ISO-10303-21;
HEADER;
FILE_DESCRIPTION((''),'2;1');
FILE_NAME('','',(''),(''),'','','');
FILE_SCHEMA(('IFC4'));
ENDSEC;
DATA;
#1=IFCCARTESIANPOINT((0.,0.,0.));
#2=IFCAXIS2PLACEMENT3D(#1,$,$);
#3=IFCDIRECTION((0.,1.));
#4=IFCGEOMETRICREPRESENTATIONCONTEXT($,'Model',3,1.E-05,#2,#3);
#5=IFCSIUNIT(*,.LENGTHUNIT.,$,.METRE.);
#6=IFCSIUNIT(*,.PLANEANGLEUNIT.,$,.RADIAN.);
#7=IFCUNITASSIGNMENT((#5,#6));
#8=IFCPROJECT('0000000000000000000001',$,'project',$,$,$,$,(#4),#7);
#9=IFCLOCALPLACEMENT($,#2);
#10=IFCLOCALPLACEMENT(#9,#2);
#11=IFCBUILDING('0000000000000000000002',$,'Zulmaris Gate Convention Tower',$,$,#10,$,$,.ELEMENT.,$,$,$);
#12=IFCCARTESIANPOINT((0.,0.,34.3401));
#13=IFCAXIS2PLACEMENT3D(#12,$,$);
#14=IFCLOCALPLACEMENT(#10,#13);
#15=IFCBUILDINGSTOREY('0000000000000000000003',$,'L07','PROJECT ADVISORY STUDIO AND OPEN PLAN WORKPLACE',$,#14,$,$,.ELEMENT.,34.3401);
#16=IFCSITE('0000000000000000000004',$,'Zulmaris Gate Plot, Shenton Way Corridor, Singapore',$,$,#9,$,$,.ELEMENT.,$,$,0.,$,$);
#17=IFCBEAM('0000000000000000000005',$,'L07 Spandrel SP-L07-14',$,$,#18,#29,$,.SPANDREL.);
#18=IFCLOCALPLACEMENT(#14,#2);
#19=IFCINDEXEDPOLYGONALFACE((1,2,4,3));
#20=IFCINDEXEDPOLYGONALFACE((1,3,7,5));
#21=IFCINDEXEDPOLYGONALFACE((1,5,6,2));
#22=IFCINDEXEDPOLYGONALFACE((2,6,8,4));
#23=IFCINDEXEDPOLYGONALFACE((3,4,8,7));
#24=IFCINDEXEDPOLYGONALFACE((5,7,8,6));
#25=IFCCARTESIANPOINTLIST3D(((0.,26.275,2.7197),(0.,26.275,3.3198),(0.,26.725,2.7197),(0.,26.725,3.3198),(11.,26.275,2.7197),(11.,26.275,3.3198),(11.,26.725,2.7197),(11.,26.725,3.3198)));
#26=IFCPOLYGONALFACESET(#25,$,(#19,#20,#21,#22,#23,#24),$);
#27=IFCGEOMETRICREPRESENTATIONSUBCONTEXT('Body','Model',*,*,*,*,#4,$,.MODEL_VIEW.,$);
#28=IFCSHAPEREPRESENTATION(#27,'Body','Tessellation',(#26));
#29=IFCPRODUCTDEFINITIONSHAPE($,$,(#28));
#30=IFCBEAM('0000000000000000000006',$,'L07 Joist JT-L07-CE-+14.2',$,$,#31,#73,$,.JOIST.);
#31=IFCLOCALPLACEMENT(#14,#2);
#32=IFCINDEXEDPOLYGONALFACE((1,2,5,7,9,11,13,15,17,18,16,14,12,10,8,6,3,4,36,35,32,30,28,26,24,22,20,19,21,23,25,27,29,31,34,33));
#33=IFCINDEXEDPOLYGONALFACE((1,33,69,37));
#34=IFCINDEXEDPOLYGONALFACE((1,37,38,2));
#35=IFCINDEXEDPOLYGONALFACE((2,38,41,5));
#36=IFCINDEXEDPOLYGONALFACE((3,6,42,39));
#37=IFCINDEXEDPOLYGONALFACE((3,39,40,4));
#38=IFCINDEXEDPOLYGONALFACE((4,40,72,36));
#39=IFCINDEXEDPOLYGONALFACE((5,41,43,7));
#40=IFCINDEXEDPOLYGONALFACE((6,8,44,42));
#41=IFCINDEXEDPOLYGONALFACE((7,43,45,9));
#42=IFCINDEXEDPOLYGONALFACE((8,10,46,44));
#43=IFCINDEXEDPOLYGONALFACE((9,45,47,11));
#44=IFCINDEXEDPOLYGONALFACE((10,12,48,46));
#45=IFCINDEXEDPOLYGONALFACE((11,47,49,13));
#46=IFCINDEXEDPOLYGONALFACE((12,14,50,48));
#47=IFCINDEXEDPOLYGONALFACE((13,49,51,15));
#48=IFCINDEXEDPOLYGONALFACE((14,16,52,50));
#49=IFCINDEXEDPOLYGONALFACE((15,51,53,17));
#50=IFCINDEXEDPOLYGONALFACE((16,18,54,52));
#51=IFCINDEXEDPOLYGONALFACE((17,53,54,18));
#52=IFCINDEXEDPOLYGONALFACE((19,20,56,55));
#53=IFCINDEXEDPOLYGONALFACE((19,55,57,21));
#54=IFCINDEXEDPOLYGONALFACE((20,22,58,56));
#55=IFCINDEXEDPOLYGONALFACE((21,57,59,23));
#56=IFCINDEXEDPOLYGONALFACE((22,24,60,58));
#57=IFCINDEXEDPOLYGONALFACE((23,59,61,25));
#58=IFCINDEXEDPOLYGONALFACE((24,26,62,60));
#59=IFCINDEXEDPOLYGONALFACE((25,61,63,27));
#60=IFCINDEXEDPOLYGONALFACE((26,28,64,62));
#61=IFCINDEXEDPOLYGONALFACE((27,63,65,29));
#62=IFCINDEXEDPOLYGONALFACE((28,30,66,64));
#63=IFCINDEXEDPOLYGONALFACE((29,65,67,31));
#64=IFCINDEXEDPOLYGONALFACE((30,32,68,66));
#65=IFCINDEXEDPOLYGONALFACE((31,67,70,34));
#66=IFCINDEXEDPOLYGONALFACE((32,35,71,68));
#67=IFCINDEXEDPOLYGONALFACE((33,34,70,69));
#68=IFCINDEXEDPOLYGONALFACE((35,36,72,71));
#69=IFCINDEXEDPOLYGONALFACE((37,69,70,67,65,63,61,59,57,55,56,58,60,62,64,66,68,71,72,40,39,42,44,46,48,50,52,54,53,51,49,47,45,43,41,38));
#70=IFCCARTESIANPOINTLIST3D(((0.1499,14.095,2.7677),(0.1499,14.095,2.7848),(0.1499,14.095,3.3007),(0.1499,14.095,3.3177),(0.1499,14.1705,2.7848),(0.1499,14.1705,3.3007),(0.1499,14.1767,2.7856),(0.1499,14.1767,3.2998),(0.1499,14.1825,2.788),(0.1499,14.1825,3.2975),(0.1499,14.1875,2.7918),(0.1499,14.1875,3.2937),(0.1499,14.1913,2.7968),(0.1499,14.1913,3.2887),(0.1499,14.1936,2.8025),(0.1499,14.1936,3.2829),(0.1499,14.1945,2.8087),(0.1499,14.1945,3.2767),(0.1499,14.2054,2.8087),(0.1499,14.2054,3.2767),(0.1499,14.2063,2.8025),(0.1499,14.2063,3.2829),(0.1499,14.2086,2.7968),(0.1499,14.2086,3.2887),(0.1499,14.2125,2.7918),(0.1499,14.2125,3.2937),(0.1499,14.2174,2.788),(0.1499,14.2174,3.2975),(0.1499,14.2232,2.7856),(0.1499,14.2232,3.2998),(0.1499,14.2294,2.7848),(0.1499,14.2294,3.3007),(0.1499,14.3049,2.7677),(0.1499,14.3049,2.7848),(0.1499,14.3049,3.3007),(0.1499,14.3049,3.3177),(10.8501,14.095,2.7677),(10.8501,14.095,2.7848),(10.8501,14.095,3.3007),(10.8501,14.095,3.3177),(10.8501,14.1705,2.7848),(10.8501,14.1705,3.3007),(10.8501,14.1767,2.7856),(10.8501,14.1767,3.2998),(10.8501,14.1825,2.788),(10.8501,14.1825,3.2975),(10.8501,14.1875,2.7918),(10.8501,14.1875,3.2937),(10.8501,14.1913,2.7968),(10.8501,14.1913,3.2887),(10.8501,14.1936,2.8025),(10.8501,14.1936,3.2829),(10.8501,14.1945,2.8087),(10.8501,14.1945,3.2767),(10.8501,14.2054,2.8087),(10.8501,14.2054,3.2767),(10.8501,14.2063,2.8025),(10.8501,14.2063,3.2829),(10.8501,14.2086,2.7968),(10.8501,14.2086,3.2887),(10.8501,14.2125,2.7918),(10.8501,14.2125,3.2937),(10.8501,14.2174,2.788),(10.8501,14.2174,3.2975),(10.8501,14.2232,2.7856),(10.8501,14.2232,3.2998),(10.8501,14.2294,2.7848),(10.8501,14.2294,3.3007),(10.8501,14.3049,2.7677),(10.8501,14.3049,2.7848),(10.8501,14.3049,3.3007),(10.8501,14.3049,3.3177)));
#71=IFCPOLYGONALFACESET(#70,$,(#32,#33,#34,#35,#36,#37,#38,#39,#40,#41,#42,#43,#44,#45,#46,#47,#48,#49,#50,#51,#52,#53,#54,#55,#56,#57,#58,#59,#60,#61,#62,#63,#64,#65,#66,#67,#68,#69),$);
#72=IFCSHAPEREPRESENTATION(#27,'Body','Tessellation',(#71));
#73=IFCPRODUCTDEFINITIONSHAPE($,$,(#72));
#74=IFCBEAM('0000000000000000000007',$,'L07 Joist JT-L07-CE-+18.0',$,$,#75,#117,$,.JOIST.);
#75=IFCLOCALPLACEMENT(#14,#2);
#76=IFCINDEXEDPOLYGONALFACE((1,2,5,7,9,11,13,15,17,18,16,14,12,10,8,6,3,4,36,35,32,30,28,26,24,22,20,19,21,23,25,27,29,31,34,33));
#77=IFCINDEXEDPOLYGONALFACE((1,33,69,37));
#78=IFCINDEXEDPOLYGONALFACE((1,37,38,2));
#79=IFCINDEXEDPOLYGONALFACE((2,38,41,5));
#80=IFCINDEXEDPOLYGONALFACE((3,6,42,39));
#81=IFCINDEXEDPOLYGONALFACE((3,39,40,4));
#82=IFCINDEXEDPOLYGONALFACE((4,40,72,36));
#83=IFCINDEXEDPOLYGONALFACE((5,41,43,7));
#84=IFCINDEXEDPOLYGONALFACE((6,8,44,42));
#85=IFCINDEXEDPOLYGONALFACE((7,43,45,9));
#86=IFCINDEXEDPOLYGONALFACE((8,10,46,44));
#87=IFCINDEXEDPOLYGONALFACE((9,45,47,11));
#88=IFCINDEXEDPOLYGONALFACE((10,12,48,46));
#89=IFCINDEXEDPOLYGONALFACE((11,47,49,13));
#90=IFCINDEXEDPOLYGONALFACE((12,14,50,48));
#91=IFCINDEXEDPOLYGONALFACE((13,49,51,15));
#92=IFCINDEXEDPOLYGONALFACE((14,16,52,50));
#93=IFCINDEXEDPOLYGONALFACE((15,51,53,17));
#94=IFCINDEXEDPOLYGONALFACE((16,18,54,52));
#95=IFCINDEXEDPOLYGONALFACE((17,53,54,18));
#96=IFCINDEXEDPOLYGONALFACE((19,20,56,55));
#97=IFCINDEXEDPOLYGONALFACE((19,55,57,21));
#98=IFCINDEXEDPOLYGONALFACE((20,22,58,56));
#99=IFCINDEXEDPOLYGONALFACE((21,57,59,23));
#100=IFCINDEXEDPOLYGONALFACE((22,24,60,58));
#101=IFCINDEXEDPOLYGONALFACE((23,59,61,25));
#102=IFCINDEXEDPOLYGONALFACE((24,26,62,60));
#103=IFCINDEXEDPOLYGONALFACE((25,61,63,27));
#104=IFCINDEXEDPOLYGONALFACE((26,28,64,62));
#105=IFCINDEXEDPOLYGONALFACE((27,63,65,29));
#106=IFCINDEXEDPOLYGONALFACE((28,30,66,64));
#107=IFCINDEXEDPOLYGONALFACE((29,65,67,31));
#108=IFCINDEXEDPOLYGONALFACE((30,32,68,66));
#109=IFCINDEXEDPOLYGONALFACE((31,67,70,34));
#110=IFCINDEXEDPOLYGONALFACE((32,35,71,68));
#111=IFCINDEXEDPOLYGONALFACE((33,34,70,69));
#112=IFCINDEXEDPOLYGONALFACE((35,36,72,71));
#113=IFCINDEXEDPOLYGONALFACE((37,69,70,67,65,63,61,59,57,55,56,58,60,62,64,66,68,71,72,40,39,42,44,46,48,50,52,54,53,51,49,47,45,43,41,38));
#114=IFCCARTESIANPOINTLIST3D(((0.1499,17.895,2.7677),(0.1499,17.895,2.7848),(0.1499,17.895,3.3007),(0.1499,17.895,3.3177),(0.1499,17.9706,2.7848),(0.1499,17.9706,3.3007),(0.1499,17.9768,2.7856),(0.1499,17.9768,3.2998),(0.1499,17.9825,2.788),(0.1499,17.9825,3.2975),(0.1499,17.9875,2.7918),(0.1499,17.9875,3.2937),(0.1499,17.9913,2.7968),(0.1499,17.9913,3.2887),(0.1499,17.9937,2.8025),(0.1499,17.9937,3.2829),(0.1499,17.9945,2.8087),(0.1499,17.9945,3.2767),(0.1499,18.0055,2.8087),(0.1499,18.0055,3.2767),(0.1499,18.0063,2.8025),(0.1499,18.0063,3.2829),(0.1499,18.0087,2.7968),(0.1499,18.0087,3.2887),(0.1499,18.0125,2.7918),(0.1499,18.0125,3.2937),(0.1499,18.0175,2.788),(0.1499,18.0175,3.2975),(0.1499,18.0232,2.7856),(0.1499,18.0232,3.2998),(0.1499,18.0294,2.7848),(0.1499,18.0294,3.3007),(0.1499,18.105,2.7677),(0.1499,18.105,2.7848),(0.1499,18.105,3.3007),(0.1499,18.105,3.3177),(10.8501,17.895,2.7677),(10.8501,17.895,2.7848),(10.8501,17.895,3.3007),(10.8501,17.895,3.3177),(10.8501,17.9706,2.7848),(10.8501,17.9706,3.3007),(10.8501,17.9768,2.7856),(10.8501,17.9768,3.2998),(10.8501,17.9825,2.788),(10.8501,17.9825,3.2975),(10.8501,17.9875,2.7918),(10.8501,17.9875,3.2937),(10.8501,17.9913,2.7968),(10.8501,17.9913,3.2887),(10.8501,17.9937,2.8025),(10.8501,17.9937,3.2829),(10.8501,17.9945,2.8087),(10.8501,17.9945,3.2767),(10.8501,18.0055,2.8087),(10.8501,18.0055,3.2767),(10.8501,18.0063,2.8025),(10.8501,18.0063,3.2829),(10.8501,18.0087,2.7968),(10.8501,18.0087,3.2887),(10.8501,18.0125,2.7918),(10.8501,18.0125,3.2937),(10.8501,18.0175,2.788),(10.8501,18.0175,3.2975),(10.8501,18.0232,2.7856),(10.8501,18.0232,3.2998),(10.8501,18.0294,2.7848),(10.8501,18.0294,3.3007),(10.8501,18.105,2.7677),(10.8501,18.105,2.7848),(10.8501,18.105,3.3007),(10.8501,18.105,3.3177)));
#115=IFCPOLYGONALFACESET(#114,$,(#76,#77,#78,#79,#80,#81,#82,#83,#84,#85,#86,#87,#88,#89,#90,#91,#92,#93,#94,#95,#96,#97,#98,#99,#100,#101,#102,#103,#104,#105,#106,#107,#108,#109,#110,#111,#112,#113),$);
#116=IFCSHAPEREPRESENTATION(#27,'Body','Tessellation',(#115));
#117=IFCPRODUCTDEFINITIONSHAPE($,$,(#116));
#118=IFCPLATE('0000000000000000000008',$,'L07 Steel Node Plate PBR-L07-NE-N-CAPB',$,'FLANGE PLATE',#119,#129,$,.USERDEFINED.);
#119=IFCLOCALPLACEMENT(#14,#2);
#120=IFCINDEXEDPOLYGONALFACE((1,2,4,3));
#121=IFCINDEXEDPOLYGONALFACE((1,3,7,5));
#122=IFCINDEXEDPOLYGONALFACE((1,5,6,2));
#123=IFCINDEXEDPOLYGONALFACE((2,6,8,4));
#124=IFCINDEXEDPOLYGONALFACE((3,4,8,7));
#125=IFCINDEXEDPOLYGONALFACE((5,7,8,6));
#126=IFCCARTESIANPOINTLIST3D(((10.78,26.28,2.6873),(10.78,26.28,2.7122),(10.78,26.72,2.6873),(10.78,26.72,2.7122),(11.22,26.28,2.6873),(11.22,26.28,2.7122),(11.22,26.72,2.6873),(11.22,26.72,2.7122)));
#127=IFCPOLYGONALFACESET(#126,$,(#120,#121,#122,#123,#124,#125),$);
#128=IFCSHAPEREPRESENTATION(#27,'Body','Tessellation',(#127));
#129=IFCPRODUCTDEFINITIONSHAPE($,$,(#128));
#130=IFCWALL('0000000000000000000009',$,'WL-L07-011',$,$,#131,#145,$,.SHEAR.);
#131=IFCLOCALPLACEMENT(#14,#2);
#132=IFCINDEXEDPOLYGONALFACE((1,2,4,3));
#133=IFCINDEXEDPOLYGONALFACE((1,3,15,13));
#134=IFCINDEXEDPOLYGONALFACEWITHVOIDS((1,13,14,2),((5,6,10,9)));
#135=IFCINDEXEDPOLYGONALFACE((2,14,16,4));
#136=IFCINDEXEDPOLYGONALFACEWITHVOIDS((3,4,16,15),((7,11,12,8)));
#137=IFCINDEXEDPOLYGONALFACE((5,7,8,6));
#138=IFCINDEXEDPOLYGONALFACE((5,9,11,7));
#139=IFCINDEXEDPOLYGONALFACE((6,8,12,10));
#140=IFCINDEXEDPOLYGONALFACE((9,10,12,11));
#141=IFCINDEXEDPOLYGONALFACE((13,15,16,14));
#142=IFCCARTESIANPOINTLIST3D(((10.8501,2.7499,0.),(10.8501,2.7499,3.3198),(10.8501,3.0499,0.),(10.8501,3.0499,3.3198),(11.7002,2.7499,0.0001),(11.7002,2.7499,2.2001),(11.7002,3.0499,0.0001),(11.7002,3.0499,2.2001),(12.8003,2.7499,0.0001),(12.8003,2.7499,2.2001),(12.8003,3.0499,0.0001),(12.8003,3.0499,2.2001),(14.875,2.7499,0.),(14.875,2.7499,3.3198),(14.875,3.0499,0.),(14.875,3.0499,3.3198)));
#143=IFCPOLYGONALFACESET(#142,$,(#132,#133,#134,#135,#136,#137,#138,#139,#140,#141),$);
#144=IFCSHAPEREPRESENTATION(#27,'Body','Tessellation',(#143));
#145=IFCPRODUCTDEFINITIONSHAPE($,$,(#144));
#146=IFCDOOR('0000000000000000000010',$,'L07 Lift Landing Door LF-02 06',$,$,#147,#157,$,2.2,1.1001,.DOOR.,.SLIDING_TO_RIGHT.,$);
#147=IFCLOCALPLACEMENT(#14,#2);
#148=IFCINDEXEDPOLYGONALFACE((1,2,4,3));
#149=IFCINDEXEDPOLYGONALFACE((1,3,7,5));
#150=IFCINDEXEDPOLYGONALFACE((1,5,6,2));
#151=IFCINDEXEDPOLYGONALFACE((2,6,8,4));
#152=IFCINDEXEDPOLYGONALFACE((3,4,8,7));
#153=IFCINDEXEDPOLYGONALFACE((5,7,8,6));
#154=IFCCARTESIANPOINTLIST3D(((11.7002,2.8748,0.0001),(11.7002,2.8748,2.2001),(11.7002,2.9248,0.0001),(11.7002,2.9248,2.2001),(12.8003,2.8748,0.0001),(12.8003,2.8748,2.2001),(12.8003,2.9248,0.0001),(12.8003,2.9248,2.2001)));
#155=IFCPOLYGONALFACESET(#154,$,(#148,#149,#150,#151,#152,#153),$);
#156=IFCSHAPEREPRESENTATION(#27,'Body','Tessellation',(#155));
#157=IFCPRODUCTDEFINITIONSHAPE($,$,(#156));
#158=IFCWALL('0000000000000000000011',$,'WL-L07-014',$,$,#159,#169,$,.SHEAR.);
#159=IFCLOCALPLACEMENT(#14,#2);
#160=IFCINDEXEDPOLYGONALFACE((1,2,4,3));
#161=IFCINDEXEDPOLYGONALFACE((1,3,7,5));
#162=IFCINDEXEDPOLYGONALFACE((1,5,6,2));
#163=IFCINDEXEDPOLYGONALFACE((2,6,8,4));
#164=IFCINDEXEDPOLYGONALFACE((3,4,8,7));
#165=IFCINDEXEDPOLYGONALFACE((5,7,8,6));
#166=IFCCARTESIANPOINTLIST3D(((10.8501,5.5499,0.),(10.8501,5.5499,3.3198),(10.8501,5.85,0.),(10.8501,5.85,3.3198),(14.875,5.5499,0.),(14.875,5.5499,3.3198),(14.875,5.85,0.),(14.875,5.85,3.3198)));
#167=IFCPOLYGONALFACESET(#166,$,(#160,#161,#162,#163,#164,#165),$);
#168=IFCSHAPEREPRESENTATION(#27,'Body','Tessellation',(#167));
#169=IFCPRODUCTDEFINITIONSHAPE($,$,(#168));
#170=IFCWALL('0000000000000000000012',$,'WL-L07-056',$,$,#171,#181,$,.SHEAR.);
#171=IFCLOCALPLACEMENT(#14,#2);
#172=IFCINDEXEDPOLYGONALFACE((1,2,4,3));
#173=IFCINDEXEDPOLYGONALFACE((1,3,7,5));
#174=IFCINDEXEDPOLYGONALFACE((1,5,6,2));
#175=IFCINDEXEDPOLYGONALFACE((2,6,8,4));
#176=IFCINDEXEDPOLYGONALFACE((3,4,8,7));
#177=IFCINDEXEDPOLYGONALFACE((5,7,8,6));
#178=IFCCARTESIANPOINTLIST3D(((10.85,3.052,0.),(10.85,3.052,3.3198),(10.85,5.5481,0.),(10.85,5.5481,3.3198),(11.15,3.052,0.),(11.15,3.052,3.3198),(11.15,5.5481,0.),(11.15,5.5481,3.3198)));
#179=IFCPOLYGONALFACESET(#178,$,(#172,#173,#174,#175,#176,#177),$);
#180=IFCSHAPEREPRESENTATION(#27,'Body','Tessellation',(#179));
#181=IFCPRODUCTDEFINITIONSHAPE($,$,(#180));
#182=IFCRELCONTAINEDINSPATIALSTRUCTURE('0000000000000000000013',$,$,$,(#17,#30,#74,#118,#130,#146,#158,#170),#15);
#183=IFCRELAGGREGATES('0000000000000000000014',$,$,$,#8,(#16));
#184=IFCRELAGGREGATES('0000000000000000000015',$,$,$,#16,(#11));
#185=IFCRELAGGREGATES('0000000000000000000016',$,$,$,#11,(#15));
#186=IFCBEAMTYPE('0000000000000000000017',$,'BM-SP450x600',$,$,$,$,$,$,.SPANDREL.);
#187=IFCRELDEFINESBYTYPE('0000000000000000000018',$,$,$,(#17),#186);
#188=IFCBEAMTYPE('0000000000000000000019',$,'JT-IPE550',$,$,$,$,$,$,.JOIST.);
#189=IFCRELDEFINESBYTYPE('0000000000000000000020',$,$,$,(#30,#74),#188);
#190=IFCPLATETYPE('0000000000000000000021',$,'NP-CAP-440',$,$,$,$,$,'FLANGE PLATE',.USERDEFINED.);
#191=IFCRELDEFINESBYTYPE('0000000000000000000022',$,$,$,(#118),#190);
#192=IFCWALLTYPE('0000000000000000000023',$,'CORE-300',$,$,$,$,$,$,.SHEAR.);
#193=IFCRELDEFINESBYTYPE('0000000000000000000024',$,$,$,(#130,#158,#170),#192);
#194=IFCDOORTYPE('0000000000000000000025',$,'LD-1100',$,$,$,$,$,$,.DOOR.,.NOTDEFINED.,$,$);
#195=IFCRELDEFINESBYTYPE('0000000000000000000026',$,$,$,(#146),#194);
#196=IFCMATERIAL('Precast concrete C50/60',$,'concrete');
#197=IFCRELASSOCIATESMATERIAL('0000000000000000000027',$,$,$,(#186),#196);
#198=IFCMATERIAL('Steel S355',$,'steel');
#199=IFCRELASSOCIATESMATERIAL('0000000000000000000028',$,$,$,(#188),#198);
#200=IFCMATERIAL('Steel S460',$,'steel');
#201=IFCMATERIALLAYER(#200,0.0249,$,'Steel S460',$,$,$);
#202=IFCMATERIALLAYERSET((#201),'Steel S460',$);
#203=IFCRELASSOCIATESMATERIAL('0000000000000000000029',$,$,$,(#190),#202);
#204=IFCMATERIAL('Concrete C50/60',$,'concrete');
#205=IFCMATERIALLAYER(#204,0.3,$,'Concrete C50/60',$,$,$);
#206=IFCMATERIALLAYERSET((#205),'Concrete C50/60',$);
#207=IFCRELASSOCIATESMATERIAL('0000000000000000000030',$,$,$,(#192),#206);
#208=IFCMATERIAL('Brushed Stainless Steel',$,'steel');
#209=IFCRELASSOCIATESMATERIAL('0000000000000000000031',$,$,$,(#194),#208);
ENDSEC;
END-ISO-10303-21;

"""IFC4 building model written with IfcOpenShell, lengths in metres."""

from ifc_helpers import new_model, si_unit, direction, frame, frame_2d, origin, origin_2d, place, context, subcontext, project, spatial, rectangle, i_section, extrude, material, layer, layer_set, material_profile, profile_set, type_object, element, fill, save


model = new_model("IFC4")

# Units and contexts
model_context = context("Model", 3, precision=1e-05, world=origin(), true_north=direction((0.0, 1.0)))
body_context = subcontext(model_context, "Body", "Model", "MODEL_VIEW")
ifc_project = project(units=[si_unit("LENGTHUNIT", "METRE"), si_unit("PLANEANGLEUNIT", "RADIAN")], contexts=[model_context])

# Site, building, storey
site_placement = place(None, origin())
site = spatial("IfcSite", under=ifc_project, at=site_placement, Name="Zulmaris Gate Plot, Shenton Way Corridor, Singapore", CompositionType="ELEMENT", RefElevation=0.0)
building_placement = place(site_placement, origin())
building = spatial("IfcBuilding", under=site, at=building_placement, Name="Zulmaris Gate Convention Tower", CompositionType="ELEMENT")
storey_placement = place(building_placement, frame((0.0, 0.0, 34.3401)))
storey = spatial("IfcBuildingStorey", under=building, at=storey_placement, Name="L07", Description="PROJECT ADVISORY STUDIO AND OPEN PLAN WORKPLACE", CompositionType="ELEMENT", Elevation=34.3401)

# Beams
ifc_material_1 = material(Name="Steel S355", Category="steel")
ifc_material_2 = material(Name="Precast concrete C50/60", Category="concrete")
ifc_material_profile_1 = material_profile(ifc_material_2, rectangle(XDim=0.45, YDim=0.6001, at=origin_2d()), Name="RC SPANDREL 450x600")
ifc_profile_set_1 = profile_set([ifc_material_profile_1], Name="Precast concrete C50/60")
beam_type_1 = type_object("IfcBeamType", Name="BM-SP450x600", PredefinedType="SPANDREL", material=ifc_profile_set_1)
beam_1_placement = place(storey_placement, frame((11.0, 26.5, 3.0198), z_axis=(-1.0, 0.0, 0.0), x_axis=(0.0, -1.0, 0.0)))
element("IfcBeam", 1, at=beam_1_placement, inside=storey, type_object=beam_type_1, Name="L07 Spandrel SP-L07-14", PredefinedType="SPANDREL", context=body_context, shape_type="SweptSolid", body=[
    extrude(rectangle(XDim=0.45, YDim=0.6001, at=origin_2d()), origin(), (0.0, 0.0, 1.0), 11.0),
])
ifc_material_profile_2 = material_profile(ifc_material_1, i_section(OverallWidth=0.21, OverallDepth=0.55, WebThickness=0.011, FlangeThickness=0.0171, FilletRadius=0.0239, at=origin_2d()), Name="IPE 550")
ifc_profile_set_2 = profile_set([ifc_material_profile_2], Name="Steel S355")
beam_type_2 = type_object("IfcBeamType", Name="JT-IPE550", PredefinedType="JOIST", material=ifc_profile_set_2)
for number, where, z_axis, x_axis, name in (
    (2, (0.1499, 14.2, 3.0427), (1.0, 0.0, 0.0), (0.0, 1.0, 0.0), "L07 Joist JT-L07-CE-+14.2"),
    (3, (0.1499, 18.0, 3.0427), (1.0, 0.0, 0.0), (0.0, 1.0, 0.0), "L07 Joist JT-L07-CE-+18.0"),
):
    element("IfcBeam", number, at=place(storey_placement, frame(where, z_axis=z_axis, x_axis=x_axis)), inside=storey, type_object=beam_type_2, Name=name, PredefinedType="JOIST", context=body_context, shape_type="SweptSolid", body=[
        extrude(i_section(OverallWidth=0.21, OverallDepth=0.55, WebThickness=0.011, FlangeThickness=0.0171, FilletRadius=0.0239, at=origin_2d()), origin(), (0.0, 0.0, 1.0), 10.7002),
    ])

# Plate
ifc_material_3 = material(Name="Steel S460", Category="steel")
ifc_layer_1 = layer(ifc_material_3, 0.0249, Name="Steel S460")
ifc_layer_set_1 = layer_set([ifc_layer_1], Name="Steel S460")
plate_type = type_object("IfcPlateType", Name="NP-CAP-440", ElementType="FLANGE PLATE", PredefinedType="USERDEFINED", material=ifc_layer_set_1)
plate_placement = place(storey_placement, frame((11.0, 26.5, 2.6873), z_axis=(0.0, 0.0, 1.0), x_axis=(1.0, 0.0, 0.0)))
element("IfcPlate", 4, at=plate_placement, inside=storey, type_object=plate_type, Name="L07 Steel Node Plate PBR-L07-NE-N-CAPB", ObjectType="FLANGE PLATE", PredefinedType="USERDEFINED", context=body_context, shape_type="SweptSolid", body=[
    extrude(rectangle(XDim=0.4399, YDim=0.4399, at=origin_2d()), origin(), (0.0, 0.0, 1.0), 0.0249),
])

# Wall, opening, door
ifc_material_4 = material(Name="Concrete C50/60", Category="concrete")
ifc_layer_2 = layer(ifc_material_4, 0.3, Name="Concrete C50/60")
ifc_layer_set_2 = layer_set([ifc_layer_2], Name="Concrete C50/60")
wall_type_1 = type_object("IfcWallType", Name="CORE-300", PredefinedType="SHEAR", material=ifc_layer_set_2)
wall_1_placement = place(storey_placement, frame((10.8501, 2.8999, 0.0), z_axis=(0.0, 0.0, 1.0), x_axis=(1.0, 0.0, 0.0)))
wall_1 = element("IfcWall", 5, at=wall_1_placement, inside=storey, type_object=wall_type_1, Name="WL-L07-011", PredefinedType="SHEAR", context=body_context, shape_type="SweptSolid", body=[
    extrude(rectangle(XDim=4.0249, YDim=0.3, at=frame_2d((2.0125, 0.0))), origin(), (0.0, 0.0, 1.0), 3.3198),
])
opening_1_placement = place(wall_1_placement, frame((0.8501, 0.0, 0.0)))
opening_1 = element("IfcOpeningElement", 6, at=opening_1_placement, cuts=wall_1, PredefinedType="OPENING", context=body_context, shape_type="SweptSolid", body=[
    extrude(rectangle(XDim=1.1001, YDim=2.2, at=frame_2d((0.55, 1.1001))), frame((0.0, 0.1602, 0.0), z_axis=(0.0, -1.0, 0.0), x_axis=(1.0, 0.0, 0.0)), (0.0, 0.0, 1.0), 0.3201),
])
ifc_material_5 = material(Name="Brushed Stainless Steel", Category="steel")
door_type_1 = type_object("IfcDoorType", Name="LD-1100", OperationType="NOTDEFINED", PredefinedType="DOOR", material=ifc_material_5)
door_1_placement = place(opening_1_placement, origin())
door_1 = element("IfcDoor", 7, at=door_1_placement, inside=storey, type_object=door_type_1, Name="L07 Lift Landing Door LF-02 06", OperationType="SLIDING_TO_RIGHT", OverallHeight=2.2, OverallWidth=1.1001, PredefinedType="DOOR", context=body_context, shape_type="SweptSolid", body=[
    extrude(rectangle(XDim=1.1001, YDim=2.2, at=frame_2d((0.55, 1.1001))), frame((0.0, 0.0249, 0.0), z_axis=(0.0, -1.0, 0.0), x_axis=(1.0, 0.0, 0.0)), (0.0, 0.0, 1.0), 0.05),
])
fill(opening_1, door_1)

# Wall
wall_2_placement = place(storey_placement, frame((10.8501, 5.7, 0.0), z_axis=(0.0, 0.0, 1.0), x_axis=(1.0, 0.0, 0.0)))
element("IfcWall", 8, at=wall_2_placement, inside=storey, type_object=wall_type_1, Name="WL-L07-014", PredefinedType="SHEAR", context=body_context, shape_type="SweptSolid", body=[
    extrude(rectangle(XDim=4.0249, YDim=0.3, at=frame_2d((2.0125, 0.0))), origin(), (0.0, 0.0, 1.0), 3.3198),
])

# Wall
wall_3_placement = place(storey_placement, frame((11.0, 3.052, 0.0), z_axis=(0.0, 0.0, 1.0), x_axis=(0.0, 1.0, 0.0)))
element("IfcWall", 9, at=wall_3_placement, inside=storey, type_object=wall_type_1, Name="WL-L07-056", PredefinedType="SHEAR", context=body_context, shape_type="SweptSolid", body=[
    extrude(rectangle(XDim=2.4961, YDim=0.3, at=frame_2d((1.248, 0.0))), origin(), (0.0, 0.0, 1.0), 3.3198),
])

save(model, "model.ifc")
